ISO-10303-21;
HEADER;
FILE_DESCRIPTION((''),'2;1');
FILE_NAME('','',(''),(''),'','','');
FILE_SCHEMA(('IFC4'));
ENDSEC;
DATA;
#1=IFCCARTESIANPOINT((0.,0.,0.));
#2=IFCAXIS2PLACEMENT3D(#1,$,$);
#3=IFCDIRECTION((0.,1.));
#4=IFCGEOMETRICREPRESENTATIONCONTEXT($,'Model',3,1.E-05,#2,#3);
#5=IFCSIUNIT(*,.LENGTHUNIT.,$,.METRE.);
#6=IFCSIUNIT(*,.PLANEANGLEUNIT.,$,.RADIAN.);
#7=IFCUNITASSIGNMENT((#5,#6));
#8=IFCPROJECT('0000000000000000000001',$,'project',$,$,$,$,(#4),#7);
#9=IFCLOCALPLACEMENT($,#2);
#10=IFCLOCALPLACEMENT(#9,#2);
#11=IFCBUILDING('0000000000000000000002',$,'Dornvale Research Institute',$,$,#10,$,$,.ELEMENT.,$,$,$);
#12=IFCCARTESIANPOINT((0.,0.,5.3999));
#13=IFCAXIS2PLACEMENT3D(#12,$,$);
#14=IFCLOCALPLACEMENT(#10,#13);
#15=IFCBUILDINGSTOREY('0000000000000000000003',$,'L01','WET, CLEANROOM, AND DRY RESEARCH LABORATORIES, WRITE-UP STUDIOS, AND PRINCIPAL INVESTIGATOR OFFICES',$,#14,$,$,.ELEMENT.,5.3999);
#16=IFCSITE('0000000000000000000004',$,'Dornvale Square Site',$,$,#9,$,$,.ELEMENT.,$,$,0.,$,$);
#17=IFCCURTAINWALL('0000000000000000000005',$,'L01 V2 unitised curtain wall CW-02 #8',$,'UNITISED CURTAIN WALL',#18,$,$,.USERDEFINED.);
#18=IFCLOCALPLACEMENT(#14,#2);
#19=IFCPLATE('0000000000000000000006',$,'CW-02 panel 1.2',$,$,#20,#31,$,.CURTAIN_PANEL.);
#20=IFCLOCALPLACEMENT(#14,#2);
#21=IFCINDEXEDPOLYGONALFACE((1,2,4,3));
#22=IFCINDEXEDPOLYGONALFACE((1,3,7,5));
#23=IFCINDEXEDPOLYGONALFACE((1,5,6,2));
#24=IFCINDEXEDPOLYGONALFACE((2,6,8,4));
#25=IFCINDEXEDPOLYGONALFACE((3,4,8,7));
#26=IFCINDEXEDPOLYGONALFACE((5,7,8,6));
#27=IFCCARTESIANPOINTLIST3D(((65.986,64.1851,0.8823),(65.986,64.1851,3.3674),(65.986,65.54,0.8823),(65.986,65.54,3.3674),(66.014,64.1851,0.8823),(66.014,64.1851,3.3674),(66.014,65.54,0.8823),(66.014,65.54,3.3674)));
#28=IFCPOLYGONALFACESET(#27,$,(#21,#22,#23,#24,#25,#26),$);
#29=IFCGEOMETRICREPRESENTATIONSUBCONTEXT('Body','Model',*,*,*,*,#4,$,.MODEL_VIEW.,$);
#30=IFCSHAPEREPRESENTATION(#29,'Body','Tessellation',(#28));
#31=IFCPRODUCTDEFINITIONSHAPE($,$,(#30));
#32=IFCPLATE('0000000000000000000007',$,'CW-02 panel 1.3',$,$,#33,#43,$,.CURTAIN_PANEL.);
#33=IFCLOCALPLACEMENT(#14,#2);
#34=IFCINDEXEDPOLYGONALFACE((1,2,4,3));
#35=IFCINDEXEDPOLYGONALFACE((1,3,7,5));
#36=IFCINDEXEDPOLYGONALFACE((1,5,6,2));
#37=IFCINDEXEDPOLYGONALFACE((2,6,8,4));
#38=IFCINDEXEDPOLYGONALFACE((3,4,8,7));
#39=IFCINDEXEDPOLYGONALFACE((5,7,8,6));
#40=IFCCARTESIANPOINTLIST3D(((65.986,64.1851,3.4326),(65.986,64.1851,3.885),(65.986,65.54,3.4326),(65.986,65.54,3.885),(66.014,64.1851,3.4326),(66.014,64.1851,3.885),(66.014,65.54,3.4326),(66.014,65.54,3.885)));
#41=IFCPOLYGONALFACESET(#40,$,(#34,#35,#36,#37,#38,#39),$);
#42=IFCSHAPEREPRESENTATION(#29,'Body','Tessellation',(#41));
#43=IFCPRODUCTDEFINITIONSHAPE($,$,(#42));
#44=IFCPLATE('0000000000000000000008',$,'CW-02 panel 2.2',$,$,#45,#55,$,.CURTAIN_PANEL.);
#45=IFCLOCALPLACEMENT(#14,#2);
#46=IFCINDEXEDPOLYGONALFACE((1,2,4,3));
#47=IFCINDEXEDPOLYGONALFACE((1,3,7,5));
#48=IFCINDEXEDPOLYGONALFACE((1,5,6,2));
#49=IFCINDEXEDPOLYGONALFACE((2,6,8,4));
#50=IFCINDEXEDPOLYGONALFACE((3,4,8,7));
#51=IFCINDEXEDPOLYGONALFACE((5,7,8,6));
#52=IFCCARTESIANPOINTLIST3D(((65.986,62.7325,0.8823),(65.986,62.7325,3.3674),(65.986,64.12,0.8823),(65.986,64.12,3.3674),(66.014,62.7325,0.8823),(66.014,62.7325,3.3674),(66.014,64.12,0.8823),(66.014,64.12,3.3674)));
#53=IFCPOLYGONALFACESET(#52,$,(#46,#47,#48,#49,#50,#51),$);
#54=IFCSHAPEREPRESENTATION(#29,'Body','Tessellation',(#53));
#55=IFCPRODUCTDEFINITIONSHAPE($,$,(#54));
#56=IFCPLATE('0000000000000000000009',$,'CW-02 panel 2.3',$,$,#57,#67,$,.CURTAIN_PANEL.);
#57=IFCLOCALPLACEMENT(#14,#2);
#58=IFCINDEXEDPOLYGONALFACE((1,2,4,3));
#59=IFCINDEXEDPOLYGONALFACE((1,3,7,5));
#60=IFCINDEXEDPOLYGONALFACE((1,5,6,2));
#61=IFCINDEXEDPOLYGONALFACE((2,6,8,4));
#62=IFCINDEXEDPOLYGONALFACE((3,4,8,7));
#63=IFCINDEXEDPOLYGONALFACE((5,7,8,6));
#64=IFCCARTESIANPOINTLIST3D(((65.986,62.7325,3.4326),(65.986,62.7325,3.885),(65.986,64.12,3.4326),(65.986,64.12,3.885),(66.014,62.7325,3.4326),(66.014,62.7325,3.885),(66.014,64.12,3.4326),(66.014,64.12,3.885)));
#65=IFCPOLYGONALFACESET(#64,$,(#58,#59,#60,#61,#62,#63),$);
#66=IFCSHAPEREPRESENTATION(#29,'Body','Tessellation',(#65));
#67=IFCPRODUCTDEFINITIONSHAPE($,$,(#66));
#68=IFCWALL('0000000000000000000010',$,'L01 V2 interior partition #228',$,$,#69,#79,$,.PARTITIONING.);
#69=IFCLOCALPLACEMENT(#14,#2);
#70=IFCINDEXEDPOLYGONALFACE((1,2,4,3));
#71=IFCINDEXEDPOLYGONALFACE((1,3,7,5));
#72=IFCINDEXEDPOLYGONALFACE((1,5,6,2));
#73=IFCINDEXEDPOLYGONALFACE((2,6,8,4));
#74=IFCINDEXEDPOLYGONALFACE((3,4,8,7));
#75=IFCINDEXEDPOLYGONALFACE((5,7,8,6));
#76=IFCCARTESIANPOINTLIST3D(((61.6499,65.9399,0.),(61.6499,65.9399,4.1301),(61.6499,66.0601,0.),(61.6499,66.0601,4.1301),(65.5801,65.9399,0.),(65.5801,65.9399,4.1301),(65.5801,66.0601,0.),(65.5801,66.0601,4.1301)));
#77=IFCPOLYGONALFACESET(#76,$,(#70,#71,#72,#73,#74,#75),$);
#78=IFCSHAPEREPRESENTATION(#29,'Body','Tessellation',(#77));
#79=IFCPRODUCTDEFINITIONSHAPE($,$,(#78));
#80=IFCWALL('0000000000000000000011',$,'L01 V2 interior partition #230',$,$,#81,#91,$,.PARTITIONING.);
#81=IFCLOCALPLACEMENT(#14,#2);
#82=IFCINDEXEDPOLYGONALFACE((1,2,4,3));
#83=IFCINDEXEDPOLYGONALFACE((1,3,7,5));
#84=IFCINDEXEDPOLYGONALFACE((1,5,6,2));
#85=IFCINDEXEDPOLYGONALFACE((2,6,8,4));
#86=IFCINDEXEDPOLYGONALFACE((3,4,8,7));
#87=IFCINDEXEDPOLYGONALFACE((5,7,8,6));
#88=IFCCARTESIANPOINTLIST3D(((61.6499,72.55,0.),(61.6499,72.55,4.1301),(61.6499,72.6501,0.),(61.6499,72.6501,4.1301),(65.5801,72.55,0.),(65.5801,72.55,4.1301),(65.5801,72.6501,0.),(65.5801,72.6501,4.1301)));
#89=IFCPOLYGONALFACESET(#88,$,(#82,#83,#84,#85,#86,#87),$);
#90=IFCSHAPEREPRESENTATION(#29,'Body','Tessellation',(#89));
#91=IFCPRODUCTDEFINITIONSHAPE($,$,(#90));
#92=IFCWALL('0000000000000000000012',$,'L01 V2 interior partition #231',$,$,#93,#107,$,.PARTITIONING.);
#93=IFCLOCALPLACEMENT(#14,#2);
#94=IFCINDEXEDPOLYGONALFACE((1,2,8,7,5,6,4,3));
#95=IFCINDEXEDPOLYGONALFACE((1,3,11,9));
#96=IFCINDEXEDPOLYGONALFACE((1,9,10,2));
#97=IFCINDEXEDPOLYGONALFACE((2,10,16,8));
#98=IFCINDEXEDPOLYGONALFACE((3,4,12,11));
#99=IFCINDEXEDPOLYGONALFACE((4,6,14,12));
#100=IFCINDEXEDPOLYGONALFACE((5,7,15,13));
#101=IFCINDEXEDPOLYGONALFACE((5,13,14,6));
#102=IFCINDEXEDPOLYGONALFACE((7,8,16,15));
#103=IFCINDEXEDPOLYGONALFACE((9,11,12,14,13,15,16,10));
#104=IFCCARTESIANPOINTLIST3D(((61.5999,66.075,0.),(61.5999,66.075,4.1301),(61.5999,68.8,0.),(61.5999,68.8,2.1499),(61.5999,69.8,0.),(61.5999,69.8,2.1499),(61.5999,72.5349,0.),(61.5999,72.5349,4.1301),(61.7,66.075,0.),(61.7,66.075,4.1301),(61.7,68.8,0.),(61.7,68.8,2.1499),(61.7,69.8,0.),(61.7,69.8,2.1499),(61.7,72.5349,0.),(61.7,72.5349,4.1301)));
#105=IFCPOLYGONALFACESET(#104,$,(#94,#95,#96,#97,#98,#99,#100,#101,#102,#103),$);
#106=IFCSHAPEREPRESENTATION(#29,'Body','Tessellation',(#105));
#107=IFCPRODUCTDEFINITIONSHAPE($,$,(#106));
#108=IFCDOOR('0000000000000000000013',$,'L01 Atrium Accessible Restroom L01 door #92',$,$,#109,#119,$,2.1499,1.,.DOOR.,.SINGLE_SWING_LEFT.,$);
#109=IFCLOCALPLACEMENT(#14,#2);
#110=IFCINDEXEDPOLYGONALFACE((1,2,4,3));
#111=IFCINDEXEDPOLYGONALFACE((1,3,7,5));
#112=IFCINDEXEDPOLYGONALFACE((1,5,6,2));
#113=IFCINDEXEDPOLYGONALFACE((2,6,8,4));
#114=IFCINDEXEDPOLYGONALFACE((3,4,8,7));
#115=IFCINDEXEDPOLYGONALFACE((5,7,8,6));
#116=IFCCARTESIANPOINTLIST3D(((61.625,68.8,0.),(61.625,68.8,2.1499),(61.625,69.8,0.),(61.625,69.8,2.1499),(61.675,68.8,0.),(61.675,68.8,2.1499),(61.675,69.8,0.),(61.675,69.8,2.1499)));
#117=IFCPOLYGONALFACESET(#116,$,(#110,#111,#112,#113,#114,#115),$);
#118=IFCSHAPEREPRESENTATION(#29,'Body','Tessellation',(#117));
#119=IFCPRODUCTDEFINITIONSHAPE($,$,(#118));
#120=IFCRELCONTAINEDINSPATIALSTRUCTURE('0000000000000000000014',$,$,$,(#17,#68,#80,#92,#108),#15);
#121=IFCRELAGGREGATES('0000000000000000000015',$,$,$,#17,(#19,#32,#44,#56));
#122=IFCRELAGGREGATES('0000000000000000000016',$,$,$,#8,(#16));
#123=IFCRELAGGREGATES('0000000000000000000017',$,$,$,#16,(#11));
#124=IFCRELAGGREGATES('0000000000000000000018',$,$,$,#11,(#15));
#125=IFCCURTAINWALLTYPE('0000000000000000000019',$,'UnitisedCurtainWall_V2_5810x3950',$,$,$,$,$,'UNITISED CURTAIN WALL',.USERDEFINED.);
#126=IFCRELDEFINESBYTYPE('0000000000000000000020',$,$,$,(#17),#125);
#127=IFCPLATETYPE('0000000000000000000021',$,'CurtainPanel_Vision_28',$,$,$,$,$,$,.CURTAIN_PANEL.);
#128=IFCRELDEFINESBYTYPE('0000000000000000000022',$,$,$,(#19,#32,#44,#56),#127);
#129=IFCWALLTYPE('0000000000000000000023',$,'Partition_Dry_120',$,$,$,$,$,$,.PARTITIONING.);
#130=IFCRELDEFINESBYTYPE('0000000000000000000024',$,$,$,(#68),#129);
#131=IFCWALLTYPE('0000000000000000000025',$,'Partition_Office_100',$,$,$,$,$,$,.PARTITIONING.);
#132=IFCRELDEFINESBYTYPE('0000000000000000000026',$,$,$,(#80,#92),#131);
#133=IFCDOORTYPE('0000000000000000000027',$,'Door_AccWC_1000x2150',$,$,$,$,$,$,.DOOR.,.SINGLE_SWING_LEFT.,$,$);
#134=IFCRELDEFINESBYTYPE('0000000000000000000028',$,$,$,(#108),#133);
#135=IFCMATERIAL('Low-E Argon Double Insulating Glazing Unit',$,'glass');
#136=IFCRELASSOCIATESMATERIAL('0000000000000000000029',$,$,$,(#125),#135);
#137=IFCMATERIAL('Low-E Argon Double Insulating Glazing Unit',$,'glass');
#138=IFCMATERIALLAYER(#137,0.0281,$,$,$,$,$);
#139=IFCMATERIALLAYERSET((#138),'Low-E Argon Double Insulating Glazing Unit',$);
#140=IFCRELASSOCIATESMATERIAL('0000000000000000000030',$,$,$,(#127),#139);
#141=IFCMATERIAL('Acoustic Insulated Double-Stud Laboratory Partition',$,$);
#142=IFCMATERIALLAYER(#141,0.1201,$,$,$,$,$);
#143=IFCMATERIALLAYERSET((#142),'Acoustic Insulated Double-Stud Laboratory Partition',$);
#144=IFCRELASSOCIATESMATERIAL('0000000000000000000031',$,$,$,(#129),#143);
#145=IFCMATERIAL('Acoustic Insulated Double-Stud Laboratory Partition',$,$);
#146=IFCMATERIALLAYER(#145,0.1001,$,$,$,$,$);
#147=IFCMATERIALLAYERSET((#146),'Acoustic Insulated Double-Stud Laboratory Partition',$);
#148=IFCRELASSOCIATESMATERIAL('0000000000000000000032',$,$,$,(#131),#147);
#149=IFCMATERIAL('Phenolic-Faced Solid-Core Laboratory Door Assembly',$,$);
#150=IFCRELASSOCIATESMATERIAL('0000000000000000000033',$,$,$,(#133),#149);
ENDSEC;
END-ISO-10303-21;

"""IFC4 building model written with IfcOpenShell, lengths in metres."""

from ifc_helpers import new_model, si_unit, direction, frame, frame_2d, origin, origin_2d, place, context, subcontext, project, spatial, rectangle, extrude, material, layer, layer_set, type_object, element, fill, aggregate, save


model = new_model("IFC4")

# Units and contexts
model_context = context("Model", 3, precision=1e-05, world=origin(), true_north=direction((0.0, 1.0)))
body_context = subcontext(model_context, "Body", "Model", "MODEL_VIEW")
ifc_project = project(units=[si_unit("LENGTHUNIT", "METRE"), si_unit("PLANEANGLEUNIT", "RADIAN")], contexts=[model_context])

# Site, building, storey
site_placement = place(None, origin())
site = spatial("IfcSite", under=ifc_project, at=site_placement, Name="Dornvale Square Site", CompositionType="ELEMENT", RefElevation=0.0)
building_placement = place(site_placement, origin())
building = spatial("IfcBuilding", under=site, at=building_placement, Name="Dornvale Research Institute", CompositionType="ELEMENT")
storey_placement = place(building_placement, frame((0.0, 0.0, 5.3999)))
storey = spatial("IfcBuildingStorey", under=building, at=storey_placement, Name="L01", Description="WET, CLEANROOM, AND DRY RESEARCH LABORATORIES, WRITE-UP STUDIOS, AND PRINCIPAL INVESTIGATOR OFFICES", CompositionType="ELEMENT", Elevation=5.3999)

# Curtain wall, plates
ifc_material_1 = material(Name="Low-E Argon Double Insulating Glazing Unit", Category="glass")
curtain_wall_type = type_object("IfcCurtainWallType", Name="UnitisedCurtainWall_V2_5810x3950", ElementType="UNITISED CURTAIN WALL", PredefinedType="USERDEFINED", material=ifc_material_1)
curtain_wall_placement = place(storey_placement, origin())
curtain_wall = element("IfcCurtainWall", 1, at=curtain_wall_placement, inside=storey, type_object=curtain_wall_type, Name="L01 V2 unitised curtain wall CW-02 #8", ObjectType="UNITISED CURTAIN WALL", PredefinedType="USERDEFINED")
ifc_material_2 = material(Name="Low-E Argon Double Insulating Glazing Unit", Category="glass")
ifc_layer_1 = layer(ifc_material_2, 0.0281)
ifc_layer_set_1 = layer_set([ifc_layer_1], Name="Low-E Argon Double Insulating Glazing Unit")
plate_type_1 = type_object("IfcPlateType", Name="CurtainPanel_Vision_28", PredefinedType="CURTAIN_PANEL", material=ifc_layer_set_1)
plate_1_placement = place(storey_placement, frame((66.0, 64.8625, 0.8823), z_axis=(0.0, 0.0, 1.0), x_axis=(0.0, -1.0, 0.0)))
plate_1 = element("IfcPlate", 2, at=plate_1_placement, type_object=plate_type_1, Name="CW-02 panel 1.2", PredefinedType="CURTAIN_PANEL", context=body_context, shape_type="SweptSolid", body=[
    extrude(rectangle(XDim=1.355, YDim=0.0281, at=origin_2d()), origin(), (0.0, 0.0, 1.0), 2.4851),
])
plate_2_placement = place(storey_placement, frame((66.0, 64.8625, 3.4326), z_axis=(0.0, 0.0, 1.0), x_axis=(0.0, -1.0, 0.0)))
plate_2 = element("IfcPlate", 3, at=plate_2_placement, type_object=plate_type_1, Name="CW-02 panel 1.3", PredefinedType="CURTAIN_PANEL", context=body_context, shape_type="SweptSolid", body=[
    extrude(rectangle(XDim=1.355, YDim=0.0281, at=origin_2d()), origin(), (0.0, 0.0, 1.0), 0.4524),
])
plate_3_placement = place(storey_placement, frame((66.0, 63.4263, 0.8823), z_axis=(0.0, 0.0, 1.0), x_axis=(0.0, -1.0, 0.0)))
plate_3 = element("IfcPlate", 4, at=plate_3_placement, type_object=plate_type_1, Name="CW-02 panel 2.2", PredefinedType="CURTAIN_PANEL", context=body_context, shape_type="SweptSolid", body=[
    extrude(rectangle(XDim=1.3875, YDim=0.0281, at=origin_2d()), origin(), (0.0, 0.0, 1.0), 2.4851),
])
plate_4_placement = place(storey_placement, frame((66.0, 63.4263, 3.4326), z_axis=(0.0, 0.0, 1.0), x_axis=(0.0, -1.0, 0.0)))
plate_4 = element("IfcPlate", 5, at=plate_4_placement, type_object=plate_type_1, Name="CW-02 panel 2.3", PredefinedType="CURTAIN_PANEL", context=body_context, shape_type="SweptSolid", body=[
    extrude(rectangle(XDim=1.3875, YDim=0.0281, at=origin_2d()), origin(), (0.0, 0.0, 1.0), 0.4524),
])
aggregate(curtain_wall, [plate_1, plate_2, plate_3, plate_4])

# Walls
ifc_material_3 = material(Name="Acoustic Insulated Double-Stud Laboratory Partition")
ifc_layer_2 = layer(ifc_material_3, 0.1201)
ifc_layer_set_2 = layer_set([ifc_layer_2], Name="Acoustic Insulated Double-Stud Laboratory Partition")
wall_type_1 = type_object("IfcWallType", Name="Partition_Dry_120", PredefinedType="PARTITIONING", material=ifc_layer_set_2)
wall_1_placement = place(storey_placement, frame((61.6499, 66.0, 0.0), z_axis=(0.0, 0.0, 1.0), x_axis=(1.0, 0.0, 0.0)))
element("IfcWall", 6, at=wall_1_placement, inside=storey, type_object=wall_type_1, Name="L01 V2 interior partition #228", PredefinedType="PARTITIONING", context=body_context, shape_type="SweptSolid", body=[
    extrude(rectangle(XDim=3.9302, YDim=0.1201, at=frame_2d((1.9651, 0.0))), origin(), (0.0, 0.0, 1.0), 4.1301),
])
ifc_material_4 = material(Name="Acoustic Insulated Double-Stud Laboratory Partition")
ifc_layer_3 = layer(ifc_material_4, 0.1001)
ifc_layer_set_3 = layer_set([ifc_layer_3], Name="Acoustic Insulated Double-Stud Laboratory Partition")
wall_type_2 = type_object("IfcWallType", Name="Partition_Office_100", PredefinedType="PARTITIONING", material=ifc_layer_set_3)
wall_2_placement = place(storey_placement, frame((61.6499, 72.6001, 0.0), z_axis=(0.0, 0.0, 1.0), x_axis=(1.0, 0.0, 0.0)))
element("IfcWall", 7, at=wall_2_placement, inside=storey, type_object=wall_type_2, Name="L01 V2 interior partition #230", PredefinedType="PARTITIONING", context=body_context, shape_type="SweptSolid", body=[
    extrude(rectangle(XDim=3.9302, YDim=0.1001, at=frame_2d((1.9651, 0.0))), origin(), (0.0, 0.0, 1.0), 4.1301),
])

# Wall, opening, door
wall_3_placement = place(storey_placement, frame((61.6499, 66.075, 0.0), z_axis=(0.0, 0.0, 1.0), x_axis=(0.0, 1.0, 0.0)))
wall_3 = element("IfcWall", 8, at=wall_3_placement, inside=storey, type_object=wall_type_2, Name="L01 V2 interior partition #231", PredefinedType="PARTITIONING", context=body_context, shape_type="SweptSolid", body=[
    extrude(rectangle(XDim=6.46, YDim=0.1001, at=frame_2d((3.23, 0.0))), origin(), (0.0, 0.0, 1.0), 4.1301),
])
opening_placement = place(wall_3_placement, frame((2.7251, 0.0, 0.0)))
opening = element("IfcOpeningElement", 9, at=opening_placement, cuts=wall_3, PredefinedType="OPENING", context=body_context, shape_type="SweptSolid", body=[
    extrude(rectangle(XDim=1.0, YDim=2.1499, at=frame_2d((0.5, 1.075))), frame((0.0, 0.0649, 0.0), z_axis=(0.0, -1.0, 0.0), x_axis=(1.0, 0.0, 0.0)), (0.0, 0.0, 1.0), 0.1301),
])
ifc_material_5 = material(Name="Phenolic-Faced Solid-Core Laboratory Door Assembly")
door_type = type_object("IfcDoorType", Name="Door_AccWC_1000x2150", OperationType="SINGLE_SWING_LEFT", PredefinedType="DOOR", material=ifc_material_5)
door_placement = place(opening_placement, origin())
door = element("IfcDoor", 10, at=door_placement, inside=storey, type_object=door_type, Name="L01 Atrium Accessible Restroom L01 door #92", OperationType="SINGLE_SWING_LEFT", OverallHeight=2.1499, OverallWidth=1.0, PredefinedType="DOOR", context=body_context, shape_type="SweptSolid", body=[
    extrude(rectangle(XDim=1.0, YDim=2.1499, at=frame_2d((0.5, 1.075))), frame((0.0, 0.0249, 0.0), z_axis=(0.0, -1.0, 0.0), x_axis=(1.0, 0.0, 0.0)), (0.0, 0.0, 1.0), 0.05),
])
fill(opening, door)

save(model, "model.ifc")
